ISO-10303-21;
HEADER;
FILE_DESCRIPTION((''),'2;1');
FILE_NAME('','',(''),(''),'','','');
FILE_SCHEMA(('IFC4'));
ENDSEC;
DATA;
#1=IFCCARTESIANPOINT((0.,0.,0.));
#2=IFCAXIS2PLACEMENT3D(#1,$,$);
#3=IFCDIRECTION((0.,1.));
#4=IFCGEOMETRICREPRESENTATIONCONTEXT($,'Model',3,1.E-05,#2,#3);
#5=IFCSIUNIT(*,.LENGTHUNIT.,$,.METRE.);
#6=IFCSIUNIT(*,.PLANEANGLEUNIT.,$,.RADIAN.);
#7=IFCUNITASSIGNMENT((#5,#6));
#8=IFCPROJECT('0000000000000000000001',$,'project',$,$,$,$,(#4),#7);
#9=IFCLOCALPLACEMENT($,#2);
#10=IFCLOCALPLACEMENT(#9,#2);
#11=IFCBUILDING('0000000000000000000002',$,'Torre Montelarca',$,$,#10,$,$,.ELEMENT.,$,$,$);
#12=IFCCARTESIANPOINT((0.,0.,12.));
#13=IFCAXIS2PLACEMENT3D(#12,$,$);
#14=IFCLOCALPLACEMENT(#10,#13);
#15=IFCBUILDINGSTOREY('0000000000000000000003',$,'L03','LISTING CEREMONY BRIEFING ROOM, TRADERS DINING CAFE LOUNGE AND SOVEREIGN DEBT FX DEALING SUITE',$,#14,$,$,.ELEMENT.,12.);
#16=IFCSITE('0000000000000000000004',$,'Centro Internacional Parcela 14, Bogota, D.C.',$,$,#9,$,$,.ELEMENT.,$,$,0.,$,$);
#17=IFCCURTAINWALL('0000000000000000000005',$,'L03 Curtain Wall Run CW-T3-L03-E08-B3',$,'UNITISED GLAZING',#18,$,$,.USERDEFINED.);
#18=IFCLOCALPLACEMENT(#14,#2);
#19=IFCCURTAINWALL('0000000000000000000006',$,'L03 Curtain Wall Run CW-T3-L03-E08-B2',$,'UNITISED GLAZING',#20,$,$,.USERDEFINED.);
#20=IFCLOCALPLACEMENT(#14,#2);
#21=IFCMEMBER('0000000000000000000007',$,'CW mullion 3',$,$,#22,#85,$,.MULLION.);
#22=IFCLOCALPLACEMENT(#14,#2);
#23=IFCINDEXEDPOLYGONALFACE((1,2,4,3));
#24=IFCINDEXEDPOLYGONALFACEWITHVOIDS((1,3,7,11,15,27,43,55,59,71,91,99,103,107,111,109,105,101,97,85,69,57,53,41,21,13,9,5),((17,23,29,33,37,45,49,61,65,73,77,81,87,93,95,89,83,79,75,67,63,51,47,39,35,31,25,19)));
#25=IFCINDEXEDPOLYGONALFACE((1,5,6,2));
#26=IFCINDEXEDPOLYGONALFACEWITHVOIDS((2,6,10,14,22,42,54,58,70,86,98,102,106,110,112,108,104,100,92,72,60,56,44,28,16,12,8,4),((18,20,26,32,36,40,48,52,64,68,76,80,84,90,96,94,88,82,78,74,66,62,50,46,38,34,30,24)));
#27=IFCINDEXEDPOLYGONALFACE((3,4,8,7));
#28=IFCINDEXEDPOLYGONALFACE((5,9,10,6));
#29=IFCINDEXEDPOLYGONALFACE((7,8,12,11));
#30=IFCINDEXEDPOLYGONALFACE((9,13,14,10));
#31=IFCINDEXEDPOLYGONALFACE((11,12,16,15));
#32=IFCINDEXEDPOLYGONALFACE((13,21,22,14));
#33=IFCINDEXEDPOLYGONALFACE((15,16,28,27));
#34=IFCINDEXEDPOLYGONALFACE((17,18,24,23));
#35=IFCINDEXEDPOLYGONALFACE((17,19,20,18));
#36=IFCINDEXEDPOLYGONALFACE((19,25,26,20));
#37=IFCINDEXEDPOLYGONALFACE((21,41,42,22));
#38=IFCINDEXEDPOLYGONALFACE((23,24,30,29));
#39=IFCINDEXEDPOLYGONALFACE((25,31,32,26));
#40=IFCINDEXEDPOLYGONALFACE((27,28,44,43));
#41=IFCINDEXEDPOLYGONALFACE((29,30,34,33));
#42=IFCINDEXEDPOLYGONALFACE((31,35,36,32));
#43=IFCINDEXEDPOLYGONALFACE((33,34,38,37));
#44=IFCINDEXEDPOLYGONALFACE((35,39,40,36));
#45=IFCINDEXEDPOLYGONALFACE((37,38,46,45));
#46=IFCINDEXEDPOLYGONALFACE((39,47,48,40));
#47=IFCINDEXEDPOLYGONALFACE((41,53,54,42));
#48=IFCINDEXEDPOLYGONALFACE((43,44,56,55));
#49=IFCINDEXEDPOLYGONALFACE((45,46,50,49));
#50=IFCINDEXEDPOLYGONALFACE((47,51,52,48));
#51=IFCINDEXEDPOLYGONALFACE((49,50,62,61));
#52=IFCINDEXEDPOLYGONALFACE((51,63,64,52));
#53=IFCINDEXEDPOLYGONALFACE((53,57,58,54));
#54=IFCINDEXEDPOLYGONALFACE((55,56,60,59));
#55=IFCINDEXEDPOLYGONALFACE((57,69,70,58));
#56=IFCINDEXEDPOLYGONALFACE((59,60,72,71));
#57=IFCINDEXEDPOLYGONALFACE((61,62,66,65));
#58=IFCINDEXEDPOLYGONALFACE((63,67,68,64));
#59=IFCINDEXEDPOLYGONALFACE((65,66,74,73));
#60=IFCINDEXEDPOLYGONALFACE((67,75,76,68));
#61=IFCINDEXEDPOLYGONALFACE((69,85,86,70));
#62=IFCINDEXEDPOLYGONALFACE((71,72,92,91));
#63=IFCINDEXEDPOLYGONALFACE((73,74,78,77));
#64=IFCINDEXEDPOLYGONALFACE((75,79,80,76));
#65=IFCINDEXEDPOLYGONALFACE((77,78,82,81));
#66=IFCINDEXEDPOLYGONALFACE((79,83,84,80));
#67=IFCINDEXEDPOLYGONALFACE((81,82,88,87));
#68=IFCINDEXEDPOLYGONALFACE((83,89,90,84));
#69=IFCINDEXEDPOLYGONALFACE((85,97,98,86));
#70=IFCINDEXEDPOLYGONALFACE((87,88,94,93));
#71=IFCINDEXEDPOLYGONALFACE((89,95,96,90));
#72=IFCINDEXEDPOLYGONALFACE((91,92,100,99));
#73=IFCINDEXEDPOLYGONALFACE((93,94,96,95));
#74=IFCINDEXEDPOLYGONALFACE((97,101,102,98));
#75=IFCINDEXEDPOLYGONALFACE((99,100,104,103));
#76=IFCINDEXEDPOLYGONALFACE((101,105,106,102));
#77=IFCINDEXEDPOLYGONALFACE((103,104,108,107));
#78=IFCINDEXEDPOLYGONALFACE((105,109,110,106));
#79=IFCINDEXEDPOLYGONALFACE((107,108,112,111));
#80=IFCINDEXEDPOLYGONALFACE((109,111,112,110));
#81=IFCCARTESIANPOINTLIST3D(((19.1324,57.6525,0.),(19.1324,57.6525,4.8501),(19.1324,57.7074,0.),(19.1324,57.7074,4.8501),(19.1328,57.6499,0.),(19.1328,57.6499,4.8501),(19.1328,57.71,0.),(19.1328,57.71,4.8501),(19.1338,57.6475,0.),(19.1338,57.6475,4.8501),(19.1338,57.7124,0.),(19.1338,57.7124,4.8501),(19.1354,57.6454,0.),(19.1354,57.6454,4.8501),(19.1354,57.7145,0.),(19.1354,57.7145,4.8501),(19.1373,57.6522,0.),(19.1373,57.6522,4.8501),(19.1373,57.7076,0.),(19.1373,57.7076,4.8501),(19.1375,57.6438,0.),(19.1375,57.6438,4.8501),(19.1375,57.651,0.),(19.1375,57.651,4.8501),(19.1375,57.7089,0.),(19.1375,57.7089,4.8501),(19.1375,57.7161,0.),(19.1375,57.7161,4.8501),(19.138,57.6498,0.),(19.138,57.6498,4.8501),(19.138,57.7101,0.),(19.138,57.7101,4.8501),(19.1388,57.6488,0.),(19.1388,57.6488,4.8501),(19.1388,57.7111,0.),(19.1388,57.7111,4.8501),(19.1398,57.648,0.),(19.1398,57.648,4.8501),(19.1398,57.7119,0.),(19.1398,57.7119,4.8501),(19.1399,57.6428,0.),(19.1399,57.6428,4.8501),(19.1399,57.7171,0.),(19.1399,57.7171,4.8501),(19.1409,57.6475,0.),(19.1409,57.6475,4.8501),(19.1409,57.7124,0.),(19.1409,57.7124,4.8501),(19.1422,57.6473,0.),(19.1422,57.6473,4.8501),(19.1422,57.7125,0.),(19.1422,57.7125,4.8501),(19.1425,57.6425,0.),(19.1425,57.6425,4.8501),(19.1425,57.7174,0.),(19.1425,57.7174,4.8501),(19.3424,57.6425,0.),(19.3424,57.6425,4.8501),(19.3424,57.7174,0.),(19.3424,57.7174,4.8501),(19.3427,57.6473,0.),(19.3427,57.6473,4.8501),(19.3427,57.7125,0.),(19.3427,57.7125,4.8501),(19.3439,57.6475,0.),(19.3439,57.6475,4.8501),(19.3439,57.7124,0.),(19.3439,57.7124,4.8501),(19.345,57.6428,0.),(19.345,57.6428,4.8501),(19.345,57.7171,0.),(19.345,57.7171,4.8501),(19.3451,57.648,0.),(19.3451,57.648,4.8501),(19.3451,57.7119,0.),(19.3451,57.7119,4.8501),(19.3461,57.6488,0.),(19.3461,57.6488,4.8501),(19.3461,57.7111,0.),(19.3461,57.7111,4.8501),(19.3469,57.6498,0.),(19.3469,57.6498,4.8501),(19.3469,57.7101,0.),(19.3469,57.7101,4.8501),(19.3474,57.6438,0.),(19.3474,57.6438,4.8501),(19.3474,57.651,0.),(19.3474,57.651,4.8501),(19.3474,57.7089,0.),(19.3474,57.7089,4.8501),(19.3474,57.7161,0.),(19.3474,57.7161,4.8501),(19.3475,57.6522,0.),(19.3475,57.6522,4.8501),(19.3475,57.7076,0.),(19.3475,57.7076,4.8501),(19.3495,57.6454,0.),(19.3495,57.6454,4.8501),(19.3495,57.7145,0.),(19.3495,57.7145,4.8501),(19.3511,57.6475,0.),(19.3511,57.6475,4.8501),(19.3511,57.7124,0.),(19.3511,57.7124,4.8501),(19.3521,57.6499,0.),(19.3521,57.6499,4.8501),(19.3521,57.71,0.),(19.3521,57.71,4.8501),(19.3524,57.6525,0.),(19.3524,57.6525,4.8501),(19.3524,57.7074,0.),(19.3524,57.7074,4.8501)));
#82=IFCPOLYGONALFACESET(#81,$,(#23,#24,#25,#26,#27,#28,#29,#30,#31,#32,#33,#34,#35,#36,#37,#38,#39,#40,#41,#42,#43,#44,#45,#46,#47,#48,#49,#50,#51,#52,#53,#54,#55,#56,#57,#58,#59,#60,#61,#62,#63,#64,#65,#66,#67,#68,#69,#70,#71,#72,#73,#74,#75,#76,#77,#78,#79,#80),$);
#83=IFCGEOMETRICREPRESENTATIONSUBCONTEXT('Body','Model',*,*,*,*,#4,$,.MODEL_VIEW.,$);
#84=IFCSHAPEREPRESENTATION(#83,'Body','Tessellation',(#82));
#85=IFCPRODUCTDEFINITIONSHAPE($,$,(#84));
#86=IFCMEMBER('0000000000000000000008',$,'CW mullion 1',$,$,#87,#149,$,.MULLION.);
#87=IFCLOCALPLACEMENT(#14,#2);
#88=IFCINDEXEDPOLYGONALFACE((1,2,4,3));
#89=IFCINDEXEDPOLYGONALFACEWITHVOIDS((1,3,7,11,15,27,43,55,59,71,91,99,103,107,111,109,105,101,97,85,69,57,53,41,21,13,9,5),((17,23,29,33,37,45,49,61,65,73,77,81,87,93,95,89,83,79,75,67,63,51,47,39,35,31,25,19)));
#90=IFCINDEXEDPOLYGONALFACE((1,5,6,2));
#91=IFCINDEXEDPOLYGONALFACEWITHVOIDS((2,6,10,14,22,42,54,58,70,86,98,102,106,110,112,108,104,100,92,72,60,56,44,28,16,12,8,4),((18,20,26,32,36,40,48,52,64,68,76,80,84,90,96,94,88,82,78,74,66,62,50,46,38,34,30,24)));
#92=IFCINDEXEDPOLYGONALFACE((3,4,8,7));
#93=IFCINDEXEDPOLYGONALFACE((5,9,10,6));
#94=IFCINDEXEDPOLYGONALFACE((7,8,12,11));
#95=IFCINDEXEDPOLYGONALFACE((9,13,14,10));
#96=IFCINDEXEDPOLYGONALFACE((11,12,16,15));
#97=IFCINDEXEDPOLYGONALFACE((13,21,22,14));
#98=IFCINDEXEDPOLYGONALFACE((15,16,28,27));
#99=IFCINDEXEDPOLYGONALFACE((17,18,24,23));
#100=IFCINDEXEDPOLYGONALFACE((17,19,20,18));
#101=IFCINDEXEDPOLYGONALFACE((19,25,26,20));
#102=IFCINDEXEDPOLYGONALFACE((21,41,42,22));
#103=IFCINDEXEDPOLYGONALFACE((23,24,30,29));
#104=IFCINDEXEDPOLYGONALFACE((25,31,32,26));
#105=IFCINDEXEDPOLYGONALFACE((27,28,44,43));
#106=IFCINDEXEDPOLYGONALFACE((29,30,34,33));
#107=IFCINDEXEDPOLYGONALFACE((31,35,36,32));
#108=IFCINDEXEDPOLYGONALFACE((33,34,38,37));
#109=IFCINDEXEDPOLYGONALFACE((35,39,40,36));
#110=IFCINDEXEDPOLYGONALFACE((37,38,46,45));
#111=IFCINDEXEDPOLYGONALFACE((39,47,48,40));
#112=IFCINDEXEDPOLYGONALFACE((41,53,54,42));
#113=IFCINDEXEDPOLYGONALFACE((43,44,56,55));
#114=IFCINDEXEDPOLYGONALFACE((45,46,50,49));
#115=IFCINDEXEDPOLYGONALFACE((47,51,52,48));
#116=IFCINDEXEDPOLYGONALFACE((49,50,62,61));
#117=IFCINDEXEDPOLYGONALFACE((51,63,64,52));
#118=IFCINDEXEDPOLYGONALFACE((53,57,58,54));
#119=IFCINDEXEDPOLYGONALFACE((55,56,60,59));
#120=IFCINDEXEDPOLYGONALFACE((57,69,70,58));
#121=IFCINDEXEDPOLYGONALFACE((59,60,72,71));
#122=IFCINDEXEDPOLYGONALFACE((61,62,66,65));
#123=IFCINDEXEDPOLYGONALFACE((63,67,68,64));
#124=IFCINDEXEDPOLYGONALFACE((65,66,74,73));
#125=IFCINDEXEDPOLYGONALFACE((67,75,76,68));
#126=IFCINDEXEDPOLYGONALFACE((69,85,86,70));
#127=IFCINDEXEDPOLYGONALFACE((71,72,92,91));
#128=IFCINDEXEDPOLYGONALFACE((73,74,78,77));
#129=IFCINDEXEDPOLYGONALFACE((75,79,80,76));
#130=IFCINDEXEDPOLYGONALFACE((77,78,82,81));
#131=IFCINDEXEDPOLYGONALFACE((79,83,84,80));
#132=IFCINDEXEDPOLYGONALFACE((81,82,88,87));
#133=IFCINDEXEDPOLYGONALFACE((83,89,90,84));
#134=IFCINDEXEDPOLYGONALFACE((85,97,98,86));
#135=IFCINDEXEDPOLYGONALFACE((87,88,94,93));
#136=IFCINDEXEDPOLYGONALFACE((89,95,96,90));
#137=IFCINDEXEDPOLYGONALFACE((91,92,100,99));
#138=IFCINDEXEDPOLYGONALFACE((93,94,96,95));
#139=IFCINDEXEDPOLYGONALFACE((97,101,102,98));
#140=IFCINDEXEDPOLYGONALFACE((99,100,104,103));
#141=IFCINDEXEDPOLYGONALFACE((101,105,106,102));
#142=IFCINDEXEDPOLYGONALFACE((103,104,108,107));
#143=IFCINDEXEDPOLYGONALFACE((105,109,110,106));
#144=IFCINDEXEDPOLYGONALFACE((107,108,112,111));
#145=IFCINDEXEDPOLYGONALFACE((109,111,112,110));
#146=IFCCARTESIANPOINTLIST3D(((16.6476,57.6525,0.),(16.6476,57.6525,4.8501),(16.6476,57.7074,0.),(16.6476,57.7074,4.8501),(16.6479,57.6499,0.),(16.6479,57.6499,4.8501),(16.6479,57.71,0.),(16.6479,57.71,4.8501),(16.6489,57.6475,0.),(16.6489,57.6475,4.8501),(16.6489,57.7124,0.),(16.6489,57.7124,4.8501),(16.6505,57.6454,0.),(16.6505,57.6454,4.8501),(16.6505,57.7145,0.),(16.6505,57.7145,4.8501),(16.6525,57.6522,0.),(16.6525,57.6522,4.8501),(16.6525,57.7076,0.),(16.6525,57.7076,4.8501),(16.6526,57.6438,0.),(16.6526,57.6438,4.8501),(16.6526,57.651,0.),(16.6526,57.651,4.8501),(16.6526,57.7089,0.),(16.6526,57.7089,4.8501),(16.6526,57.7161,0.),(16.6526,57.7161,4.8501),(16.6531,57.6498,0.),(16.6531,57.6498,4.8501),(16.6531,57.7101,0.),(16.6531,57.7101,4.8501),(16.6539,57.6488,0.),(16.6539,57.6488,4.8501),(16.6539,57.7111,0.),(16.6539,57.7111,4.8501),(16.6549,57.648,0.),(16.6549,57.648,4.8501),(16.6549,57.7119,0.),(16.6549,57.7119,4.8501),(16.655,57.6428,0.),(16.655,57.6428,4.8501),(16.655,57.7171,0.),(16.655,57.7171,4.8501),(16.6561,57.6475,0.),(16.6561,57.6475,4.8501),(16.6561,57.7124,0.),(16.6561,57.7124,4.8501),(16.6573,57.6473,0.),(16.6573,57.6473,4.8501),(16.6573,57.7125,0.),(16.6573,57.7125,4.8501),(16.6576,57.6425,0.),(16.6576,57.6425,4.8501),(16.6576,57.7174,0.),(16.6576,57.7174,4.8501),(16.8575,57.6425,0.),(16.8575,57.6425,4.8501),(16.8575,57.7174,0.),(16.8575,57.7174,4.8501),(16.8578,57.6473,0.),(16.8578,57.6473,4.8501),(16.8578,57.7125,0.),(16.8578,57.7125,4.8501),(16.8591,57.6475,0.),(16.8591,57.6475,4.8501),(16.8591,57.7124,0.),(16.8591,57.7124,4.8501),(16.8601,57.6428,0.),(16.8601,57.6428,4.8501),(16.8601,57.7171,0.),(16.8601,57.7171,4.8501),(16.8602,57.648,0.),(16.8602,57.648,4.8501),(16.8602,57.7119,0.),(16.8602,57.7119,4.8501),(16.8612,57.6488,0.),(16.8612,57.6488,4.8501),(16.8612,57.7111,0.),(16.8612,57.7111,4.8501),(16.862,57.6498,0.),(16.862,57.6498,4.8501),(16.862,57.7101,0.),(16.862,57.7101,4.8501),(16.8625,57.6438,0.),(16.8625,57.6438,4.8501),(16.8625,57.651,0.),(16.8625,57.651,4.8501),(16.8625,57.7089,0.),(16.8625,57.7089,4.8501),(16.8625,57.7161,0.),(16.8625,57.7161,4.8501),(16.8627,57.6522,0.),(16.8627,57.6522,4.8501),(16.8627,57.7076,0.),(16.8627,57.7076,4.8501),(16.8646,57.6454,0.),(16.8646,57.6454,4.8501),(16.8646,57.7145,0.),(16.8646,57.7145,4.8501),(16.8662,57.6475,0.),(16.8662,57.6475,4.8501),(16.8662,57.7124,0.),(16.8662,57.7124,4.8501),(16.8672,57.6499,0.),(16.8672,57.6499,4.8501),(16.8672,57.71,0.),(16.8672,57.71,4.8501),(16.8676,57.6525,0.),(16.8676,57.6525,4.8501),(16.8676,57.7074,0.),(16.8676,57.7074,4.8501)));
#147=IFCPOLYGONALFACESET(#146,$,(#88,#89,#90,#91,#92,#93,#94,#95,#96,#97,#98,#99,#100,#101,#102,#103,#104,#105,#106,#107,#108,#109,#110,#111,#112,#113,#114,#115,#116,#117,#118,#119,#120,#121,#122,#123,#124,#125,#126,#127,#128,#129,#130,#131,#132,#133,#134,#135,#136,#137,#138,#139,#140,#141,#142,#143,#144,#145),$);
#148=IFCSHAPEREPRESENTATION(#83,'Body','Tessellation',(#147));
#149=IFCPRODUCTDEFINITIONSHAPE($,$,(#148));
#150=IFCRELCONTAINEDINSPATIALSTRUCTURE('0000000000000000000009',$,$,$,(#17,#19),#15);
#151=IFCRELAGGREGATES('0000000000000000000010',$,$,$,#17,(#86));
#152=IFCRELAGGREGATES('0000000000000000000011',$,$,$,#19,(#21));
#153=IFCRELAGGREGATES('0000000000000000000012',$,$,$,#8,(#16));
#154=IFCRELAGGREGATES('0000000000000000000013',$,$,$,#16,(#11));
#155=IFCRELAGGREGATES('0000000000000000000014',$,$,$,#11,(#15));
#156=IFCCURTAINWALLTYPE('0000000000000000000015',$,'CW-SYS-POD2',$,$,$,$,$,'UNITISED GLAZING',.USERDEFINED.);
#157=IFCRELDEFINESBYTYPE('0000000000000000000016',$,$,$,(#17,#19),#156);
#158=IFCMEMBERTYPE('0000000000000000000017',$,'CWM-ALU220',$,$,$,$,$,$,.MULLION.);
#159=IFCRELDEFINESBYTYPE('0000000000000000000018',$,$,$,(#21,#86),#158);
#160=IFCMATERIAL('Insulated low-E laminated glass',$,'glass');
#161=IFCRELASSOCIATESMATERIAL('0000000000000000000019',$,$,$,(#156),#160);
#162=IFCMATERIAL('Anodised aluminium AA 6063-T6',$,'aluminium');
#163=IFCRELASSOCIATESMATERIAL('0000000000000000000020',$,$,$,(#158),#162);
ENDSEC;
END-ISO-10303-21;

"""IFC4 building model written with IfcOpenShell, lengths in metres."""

from ifc_helpers import new_model, si_unit, direction, frame, origin, origin_2d, place, context, subcontext, project, spatial, hollow_rectangle, extrude, source, transform, mapped, material, material_profile, profile_set, type_object, element, aggregate, save


model = new_model("IFC4")

# Units and contexts
model_context = context("Model", 3, precision=1e-05, world=origin(), true_north=direction((0.0, 1.0)))
body_context = subcontext(model_context, "Body", "Model", "MODEL_VIEW")
ifc_project = project(units=[si_unit("LENGTHUNIT", "METRE"), si_unit("PLANEANGLEUNIT", "RADIAN")], contexts=[model_context])

# Site, building, storey
site_placement = place(None, origin())
site = spatial("IfcSite", under=ifc_project, at=site_placement, Name="Centro Internacional Parcela 14, Bogota, D.C.", CompositionType="ELEMENT", RefElevation=0.0)
building_placement = place(site_placement, origin())
building = spatial("IfcBuilding", under=site, at=building_placement, Name="Torre Montelarca", CompositionType="ELEMENT")
storey_placement = place(building_placement, frame((0.0, 0.0, 12.0)))
storey = spatial("IfcBuildingStorey", under=building, at=storey_placement, Name="L03", Description="LISTING CEREMONY BRIEFING ROOM, TRADERS DINING CAFE LOUNGE AND SOVEREIGN DEBT FX DEALING SUITE", CompositionType="ELEMENT", Elevation=12.0)

# Curtain walls, member
ifc_material_1 = material(Name="Insulated low-E laminated glass", Category="glass")
curtain_wall_type = type_object("IfcCurtainWallType", Name="CW-SYS-POD2", ElementType="UNITISED GLAZING", PredefinedType="USERDEFINED", material=ifc_material_1)
curtain_wall_1_placement = place(storey_placement, origin())
curtain_wall_1 = element("IfcCurtainWall", 1, at=curtain_wall_1_placement, inside=storey, type_object=curtain_wall_type, Name="L03 Curtain Wall Run CW-T3-L03-E08-B3", ObjectType="UNITISED GLAZING", PredefinedType="USERDEFINED")
ifc_material_2 = material(Name="Anodised aluminium AA 6063-T6", Category="aluminium")
curtain_wall_2_placement = place(storey_placement, origin())
curtain_wall_2 = element("IfcCurtainWall", 2, at=curtain_wall_2_placement, inside=storey, type_object=curtain_wall_type, Name="L03 Curtain Wall Run CW-T3-L03-E08-B2", ObjectType="UNITISED GLAZING", PredefinedType="USERDEFINED")
ifc_material_profile_1 = material_profile(ifc_material_2, hollow_rectangle(XDim=0.075, YDim=0.22, WallThickness=0.0049, InnerFilletRadius=0.0049, OuterFilletRadius=0.01, at=origin_2d()), Name="ALU75X220X5", Category="aluminium")
ifc_profile_set_1 = profile_set([ifc_material_profile_1], Name="Anodised aluminium AA 6063-T6")
member_type_1 = type_object("IfcMemberType", Name="CWM-ALU220", PredefinedType="MULLION", material=ifc_profile_set_1)
shared_shape_1 = source(origin(), body_context, "Body", "SweptSolid", [
    extrude(hollow_rectangle(XDim=0.075, YDim=0.22, WallThickness=0.0049, InnerFilletRadius=0.0049, OuterFilletRadius=0.01, at=origin_2d()), origin(), (0.0, 0.0, 1.0), 4.8501),
])
member_1_placement = place(storey_placement, frame((19.2424, 57.6799, 0.0), z_axis=(0.0, 0.0, 1.0), x_axis=(0.0, -1.0, 0.0)))
member_1 = element("IfcMember", 3, at=member_1_placement, type_object=member_type_1, Name="CW mullion 3", PredefinedType="MULLION", context=body_context, shape_type="MappedRepresentation", body=[
    mapped(shared_shape_1, transform((0.0, 0.0, 0.0), scale=1.0)),
])

# Member
member_2_placement = place(storey_placement, frame((16.7576, 57.6799, 0.0), z_axis=(0.0, 0.0, 1.0), x_axis=(0.0, -1.0, 0.0)))
member_2 = element("IfcMember", 4, at=member_2_placement, type_object=member_type_1, Name="CW mullion 1", PredefinedType="MULLION", context=body_context, shape_type="MappedRepresentation", body=[
    mapped(shared_shape_1, transform((0.0, 0.0, 0.0), scale=1.0)),
])

aggregate(curtain_wall_1, [member_2])
aggregate(curtain_wall_2, [member_1])

save(model, "model.ifc")
